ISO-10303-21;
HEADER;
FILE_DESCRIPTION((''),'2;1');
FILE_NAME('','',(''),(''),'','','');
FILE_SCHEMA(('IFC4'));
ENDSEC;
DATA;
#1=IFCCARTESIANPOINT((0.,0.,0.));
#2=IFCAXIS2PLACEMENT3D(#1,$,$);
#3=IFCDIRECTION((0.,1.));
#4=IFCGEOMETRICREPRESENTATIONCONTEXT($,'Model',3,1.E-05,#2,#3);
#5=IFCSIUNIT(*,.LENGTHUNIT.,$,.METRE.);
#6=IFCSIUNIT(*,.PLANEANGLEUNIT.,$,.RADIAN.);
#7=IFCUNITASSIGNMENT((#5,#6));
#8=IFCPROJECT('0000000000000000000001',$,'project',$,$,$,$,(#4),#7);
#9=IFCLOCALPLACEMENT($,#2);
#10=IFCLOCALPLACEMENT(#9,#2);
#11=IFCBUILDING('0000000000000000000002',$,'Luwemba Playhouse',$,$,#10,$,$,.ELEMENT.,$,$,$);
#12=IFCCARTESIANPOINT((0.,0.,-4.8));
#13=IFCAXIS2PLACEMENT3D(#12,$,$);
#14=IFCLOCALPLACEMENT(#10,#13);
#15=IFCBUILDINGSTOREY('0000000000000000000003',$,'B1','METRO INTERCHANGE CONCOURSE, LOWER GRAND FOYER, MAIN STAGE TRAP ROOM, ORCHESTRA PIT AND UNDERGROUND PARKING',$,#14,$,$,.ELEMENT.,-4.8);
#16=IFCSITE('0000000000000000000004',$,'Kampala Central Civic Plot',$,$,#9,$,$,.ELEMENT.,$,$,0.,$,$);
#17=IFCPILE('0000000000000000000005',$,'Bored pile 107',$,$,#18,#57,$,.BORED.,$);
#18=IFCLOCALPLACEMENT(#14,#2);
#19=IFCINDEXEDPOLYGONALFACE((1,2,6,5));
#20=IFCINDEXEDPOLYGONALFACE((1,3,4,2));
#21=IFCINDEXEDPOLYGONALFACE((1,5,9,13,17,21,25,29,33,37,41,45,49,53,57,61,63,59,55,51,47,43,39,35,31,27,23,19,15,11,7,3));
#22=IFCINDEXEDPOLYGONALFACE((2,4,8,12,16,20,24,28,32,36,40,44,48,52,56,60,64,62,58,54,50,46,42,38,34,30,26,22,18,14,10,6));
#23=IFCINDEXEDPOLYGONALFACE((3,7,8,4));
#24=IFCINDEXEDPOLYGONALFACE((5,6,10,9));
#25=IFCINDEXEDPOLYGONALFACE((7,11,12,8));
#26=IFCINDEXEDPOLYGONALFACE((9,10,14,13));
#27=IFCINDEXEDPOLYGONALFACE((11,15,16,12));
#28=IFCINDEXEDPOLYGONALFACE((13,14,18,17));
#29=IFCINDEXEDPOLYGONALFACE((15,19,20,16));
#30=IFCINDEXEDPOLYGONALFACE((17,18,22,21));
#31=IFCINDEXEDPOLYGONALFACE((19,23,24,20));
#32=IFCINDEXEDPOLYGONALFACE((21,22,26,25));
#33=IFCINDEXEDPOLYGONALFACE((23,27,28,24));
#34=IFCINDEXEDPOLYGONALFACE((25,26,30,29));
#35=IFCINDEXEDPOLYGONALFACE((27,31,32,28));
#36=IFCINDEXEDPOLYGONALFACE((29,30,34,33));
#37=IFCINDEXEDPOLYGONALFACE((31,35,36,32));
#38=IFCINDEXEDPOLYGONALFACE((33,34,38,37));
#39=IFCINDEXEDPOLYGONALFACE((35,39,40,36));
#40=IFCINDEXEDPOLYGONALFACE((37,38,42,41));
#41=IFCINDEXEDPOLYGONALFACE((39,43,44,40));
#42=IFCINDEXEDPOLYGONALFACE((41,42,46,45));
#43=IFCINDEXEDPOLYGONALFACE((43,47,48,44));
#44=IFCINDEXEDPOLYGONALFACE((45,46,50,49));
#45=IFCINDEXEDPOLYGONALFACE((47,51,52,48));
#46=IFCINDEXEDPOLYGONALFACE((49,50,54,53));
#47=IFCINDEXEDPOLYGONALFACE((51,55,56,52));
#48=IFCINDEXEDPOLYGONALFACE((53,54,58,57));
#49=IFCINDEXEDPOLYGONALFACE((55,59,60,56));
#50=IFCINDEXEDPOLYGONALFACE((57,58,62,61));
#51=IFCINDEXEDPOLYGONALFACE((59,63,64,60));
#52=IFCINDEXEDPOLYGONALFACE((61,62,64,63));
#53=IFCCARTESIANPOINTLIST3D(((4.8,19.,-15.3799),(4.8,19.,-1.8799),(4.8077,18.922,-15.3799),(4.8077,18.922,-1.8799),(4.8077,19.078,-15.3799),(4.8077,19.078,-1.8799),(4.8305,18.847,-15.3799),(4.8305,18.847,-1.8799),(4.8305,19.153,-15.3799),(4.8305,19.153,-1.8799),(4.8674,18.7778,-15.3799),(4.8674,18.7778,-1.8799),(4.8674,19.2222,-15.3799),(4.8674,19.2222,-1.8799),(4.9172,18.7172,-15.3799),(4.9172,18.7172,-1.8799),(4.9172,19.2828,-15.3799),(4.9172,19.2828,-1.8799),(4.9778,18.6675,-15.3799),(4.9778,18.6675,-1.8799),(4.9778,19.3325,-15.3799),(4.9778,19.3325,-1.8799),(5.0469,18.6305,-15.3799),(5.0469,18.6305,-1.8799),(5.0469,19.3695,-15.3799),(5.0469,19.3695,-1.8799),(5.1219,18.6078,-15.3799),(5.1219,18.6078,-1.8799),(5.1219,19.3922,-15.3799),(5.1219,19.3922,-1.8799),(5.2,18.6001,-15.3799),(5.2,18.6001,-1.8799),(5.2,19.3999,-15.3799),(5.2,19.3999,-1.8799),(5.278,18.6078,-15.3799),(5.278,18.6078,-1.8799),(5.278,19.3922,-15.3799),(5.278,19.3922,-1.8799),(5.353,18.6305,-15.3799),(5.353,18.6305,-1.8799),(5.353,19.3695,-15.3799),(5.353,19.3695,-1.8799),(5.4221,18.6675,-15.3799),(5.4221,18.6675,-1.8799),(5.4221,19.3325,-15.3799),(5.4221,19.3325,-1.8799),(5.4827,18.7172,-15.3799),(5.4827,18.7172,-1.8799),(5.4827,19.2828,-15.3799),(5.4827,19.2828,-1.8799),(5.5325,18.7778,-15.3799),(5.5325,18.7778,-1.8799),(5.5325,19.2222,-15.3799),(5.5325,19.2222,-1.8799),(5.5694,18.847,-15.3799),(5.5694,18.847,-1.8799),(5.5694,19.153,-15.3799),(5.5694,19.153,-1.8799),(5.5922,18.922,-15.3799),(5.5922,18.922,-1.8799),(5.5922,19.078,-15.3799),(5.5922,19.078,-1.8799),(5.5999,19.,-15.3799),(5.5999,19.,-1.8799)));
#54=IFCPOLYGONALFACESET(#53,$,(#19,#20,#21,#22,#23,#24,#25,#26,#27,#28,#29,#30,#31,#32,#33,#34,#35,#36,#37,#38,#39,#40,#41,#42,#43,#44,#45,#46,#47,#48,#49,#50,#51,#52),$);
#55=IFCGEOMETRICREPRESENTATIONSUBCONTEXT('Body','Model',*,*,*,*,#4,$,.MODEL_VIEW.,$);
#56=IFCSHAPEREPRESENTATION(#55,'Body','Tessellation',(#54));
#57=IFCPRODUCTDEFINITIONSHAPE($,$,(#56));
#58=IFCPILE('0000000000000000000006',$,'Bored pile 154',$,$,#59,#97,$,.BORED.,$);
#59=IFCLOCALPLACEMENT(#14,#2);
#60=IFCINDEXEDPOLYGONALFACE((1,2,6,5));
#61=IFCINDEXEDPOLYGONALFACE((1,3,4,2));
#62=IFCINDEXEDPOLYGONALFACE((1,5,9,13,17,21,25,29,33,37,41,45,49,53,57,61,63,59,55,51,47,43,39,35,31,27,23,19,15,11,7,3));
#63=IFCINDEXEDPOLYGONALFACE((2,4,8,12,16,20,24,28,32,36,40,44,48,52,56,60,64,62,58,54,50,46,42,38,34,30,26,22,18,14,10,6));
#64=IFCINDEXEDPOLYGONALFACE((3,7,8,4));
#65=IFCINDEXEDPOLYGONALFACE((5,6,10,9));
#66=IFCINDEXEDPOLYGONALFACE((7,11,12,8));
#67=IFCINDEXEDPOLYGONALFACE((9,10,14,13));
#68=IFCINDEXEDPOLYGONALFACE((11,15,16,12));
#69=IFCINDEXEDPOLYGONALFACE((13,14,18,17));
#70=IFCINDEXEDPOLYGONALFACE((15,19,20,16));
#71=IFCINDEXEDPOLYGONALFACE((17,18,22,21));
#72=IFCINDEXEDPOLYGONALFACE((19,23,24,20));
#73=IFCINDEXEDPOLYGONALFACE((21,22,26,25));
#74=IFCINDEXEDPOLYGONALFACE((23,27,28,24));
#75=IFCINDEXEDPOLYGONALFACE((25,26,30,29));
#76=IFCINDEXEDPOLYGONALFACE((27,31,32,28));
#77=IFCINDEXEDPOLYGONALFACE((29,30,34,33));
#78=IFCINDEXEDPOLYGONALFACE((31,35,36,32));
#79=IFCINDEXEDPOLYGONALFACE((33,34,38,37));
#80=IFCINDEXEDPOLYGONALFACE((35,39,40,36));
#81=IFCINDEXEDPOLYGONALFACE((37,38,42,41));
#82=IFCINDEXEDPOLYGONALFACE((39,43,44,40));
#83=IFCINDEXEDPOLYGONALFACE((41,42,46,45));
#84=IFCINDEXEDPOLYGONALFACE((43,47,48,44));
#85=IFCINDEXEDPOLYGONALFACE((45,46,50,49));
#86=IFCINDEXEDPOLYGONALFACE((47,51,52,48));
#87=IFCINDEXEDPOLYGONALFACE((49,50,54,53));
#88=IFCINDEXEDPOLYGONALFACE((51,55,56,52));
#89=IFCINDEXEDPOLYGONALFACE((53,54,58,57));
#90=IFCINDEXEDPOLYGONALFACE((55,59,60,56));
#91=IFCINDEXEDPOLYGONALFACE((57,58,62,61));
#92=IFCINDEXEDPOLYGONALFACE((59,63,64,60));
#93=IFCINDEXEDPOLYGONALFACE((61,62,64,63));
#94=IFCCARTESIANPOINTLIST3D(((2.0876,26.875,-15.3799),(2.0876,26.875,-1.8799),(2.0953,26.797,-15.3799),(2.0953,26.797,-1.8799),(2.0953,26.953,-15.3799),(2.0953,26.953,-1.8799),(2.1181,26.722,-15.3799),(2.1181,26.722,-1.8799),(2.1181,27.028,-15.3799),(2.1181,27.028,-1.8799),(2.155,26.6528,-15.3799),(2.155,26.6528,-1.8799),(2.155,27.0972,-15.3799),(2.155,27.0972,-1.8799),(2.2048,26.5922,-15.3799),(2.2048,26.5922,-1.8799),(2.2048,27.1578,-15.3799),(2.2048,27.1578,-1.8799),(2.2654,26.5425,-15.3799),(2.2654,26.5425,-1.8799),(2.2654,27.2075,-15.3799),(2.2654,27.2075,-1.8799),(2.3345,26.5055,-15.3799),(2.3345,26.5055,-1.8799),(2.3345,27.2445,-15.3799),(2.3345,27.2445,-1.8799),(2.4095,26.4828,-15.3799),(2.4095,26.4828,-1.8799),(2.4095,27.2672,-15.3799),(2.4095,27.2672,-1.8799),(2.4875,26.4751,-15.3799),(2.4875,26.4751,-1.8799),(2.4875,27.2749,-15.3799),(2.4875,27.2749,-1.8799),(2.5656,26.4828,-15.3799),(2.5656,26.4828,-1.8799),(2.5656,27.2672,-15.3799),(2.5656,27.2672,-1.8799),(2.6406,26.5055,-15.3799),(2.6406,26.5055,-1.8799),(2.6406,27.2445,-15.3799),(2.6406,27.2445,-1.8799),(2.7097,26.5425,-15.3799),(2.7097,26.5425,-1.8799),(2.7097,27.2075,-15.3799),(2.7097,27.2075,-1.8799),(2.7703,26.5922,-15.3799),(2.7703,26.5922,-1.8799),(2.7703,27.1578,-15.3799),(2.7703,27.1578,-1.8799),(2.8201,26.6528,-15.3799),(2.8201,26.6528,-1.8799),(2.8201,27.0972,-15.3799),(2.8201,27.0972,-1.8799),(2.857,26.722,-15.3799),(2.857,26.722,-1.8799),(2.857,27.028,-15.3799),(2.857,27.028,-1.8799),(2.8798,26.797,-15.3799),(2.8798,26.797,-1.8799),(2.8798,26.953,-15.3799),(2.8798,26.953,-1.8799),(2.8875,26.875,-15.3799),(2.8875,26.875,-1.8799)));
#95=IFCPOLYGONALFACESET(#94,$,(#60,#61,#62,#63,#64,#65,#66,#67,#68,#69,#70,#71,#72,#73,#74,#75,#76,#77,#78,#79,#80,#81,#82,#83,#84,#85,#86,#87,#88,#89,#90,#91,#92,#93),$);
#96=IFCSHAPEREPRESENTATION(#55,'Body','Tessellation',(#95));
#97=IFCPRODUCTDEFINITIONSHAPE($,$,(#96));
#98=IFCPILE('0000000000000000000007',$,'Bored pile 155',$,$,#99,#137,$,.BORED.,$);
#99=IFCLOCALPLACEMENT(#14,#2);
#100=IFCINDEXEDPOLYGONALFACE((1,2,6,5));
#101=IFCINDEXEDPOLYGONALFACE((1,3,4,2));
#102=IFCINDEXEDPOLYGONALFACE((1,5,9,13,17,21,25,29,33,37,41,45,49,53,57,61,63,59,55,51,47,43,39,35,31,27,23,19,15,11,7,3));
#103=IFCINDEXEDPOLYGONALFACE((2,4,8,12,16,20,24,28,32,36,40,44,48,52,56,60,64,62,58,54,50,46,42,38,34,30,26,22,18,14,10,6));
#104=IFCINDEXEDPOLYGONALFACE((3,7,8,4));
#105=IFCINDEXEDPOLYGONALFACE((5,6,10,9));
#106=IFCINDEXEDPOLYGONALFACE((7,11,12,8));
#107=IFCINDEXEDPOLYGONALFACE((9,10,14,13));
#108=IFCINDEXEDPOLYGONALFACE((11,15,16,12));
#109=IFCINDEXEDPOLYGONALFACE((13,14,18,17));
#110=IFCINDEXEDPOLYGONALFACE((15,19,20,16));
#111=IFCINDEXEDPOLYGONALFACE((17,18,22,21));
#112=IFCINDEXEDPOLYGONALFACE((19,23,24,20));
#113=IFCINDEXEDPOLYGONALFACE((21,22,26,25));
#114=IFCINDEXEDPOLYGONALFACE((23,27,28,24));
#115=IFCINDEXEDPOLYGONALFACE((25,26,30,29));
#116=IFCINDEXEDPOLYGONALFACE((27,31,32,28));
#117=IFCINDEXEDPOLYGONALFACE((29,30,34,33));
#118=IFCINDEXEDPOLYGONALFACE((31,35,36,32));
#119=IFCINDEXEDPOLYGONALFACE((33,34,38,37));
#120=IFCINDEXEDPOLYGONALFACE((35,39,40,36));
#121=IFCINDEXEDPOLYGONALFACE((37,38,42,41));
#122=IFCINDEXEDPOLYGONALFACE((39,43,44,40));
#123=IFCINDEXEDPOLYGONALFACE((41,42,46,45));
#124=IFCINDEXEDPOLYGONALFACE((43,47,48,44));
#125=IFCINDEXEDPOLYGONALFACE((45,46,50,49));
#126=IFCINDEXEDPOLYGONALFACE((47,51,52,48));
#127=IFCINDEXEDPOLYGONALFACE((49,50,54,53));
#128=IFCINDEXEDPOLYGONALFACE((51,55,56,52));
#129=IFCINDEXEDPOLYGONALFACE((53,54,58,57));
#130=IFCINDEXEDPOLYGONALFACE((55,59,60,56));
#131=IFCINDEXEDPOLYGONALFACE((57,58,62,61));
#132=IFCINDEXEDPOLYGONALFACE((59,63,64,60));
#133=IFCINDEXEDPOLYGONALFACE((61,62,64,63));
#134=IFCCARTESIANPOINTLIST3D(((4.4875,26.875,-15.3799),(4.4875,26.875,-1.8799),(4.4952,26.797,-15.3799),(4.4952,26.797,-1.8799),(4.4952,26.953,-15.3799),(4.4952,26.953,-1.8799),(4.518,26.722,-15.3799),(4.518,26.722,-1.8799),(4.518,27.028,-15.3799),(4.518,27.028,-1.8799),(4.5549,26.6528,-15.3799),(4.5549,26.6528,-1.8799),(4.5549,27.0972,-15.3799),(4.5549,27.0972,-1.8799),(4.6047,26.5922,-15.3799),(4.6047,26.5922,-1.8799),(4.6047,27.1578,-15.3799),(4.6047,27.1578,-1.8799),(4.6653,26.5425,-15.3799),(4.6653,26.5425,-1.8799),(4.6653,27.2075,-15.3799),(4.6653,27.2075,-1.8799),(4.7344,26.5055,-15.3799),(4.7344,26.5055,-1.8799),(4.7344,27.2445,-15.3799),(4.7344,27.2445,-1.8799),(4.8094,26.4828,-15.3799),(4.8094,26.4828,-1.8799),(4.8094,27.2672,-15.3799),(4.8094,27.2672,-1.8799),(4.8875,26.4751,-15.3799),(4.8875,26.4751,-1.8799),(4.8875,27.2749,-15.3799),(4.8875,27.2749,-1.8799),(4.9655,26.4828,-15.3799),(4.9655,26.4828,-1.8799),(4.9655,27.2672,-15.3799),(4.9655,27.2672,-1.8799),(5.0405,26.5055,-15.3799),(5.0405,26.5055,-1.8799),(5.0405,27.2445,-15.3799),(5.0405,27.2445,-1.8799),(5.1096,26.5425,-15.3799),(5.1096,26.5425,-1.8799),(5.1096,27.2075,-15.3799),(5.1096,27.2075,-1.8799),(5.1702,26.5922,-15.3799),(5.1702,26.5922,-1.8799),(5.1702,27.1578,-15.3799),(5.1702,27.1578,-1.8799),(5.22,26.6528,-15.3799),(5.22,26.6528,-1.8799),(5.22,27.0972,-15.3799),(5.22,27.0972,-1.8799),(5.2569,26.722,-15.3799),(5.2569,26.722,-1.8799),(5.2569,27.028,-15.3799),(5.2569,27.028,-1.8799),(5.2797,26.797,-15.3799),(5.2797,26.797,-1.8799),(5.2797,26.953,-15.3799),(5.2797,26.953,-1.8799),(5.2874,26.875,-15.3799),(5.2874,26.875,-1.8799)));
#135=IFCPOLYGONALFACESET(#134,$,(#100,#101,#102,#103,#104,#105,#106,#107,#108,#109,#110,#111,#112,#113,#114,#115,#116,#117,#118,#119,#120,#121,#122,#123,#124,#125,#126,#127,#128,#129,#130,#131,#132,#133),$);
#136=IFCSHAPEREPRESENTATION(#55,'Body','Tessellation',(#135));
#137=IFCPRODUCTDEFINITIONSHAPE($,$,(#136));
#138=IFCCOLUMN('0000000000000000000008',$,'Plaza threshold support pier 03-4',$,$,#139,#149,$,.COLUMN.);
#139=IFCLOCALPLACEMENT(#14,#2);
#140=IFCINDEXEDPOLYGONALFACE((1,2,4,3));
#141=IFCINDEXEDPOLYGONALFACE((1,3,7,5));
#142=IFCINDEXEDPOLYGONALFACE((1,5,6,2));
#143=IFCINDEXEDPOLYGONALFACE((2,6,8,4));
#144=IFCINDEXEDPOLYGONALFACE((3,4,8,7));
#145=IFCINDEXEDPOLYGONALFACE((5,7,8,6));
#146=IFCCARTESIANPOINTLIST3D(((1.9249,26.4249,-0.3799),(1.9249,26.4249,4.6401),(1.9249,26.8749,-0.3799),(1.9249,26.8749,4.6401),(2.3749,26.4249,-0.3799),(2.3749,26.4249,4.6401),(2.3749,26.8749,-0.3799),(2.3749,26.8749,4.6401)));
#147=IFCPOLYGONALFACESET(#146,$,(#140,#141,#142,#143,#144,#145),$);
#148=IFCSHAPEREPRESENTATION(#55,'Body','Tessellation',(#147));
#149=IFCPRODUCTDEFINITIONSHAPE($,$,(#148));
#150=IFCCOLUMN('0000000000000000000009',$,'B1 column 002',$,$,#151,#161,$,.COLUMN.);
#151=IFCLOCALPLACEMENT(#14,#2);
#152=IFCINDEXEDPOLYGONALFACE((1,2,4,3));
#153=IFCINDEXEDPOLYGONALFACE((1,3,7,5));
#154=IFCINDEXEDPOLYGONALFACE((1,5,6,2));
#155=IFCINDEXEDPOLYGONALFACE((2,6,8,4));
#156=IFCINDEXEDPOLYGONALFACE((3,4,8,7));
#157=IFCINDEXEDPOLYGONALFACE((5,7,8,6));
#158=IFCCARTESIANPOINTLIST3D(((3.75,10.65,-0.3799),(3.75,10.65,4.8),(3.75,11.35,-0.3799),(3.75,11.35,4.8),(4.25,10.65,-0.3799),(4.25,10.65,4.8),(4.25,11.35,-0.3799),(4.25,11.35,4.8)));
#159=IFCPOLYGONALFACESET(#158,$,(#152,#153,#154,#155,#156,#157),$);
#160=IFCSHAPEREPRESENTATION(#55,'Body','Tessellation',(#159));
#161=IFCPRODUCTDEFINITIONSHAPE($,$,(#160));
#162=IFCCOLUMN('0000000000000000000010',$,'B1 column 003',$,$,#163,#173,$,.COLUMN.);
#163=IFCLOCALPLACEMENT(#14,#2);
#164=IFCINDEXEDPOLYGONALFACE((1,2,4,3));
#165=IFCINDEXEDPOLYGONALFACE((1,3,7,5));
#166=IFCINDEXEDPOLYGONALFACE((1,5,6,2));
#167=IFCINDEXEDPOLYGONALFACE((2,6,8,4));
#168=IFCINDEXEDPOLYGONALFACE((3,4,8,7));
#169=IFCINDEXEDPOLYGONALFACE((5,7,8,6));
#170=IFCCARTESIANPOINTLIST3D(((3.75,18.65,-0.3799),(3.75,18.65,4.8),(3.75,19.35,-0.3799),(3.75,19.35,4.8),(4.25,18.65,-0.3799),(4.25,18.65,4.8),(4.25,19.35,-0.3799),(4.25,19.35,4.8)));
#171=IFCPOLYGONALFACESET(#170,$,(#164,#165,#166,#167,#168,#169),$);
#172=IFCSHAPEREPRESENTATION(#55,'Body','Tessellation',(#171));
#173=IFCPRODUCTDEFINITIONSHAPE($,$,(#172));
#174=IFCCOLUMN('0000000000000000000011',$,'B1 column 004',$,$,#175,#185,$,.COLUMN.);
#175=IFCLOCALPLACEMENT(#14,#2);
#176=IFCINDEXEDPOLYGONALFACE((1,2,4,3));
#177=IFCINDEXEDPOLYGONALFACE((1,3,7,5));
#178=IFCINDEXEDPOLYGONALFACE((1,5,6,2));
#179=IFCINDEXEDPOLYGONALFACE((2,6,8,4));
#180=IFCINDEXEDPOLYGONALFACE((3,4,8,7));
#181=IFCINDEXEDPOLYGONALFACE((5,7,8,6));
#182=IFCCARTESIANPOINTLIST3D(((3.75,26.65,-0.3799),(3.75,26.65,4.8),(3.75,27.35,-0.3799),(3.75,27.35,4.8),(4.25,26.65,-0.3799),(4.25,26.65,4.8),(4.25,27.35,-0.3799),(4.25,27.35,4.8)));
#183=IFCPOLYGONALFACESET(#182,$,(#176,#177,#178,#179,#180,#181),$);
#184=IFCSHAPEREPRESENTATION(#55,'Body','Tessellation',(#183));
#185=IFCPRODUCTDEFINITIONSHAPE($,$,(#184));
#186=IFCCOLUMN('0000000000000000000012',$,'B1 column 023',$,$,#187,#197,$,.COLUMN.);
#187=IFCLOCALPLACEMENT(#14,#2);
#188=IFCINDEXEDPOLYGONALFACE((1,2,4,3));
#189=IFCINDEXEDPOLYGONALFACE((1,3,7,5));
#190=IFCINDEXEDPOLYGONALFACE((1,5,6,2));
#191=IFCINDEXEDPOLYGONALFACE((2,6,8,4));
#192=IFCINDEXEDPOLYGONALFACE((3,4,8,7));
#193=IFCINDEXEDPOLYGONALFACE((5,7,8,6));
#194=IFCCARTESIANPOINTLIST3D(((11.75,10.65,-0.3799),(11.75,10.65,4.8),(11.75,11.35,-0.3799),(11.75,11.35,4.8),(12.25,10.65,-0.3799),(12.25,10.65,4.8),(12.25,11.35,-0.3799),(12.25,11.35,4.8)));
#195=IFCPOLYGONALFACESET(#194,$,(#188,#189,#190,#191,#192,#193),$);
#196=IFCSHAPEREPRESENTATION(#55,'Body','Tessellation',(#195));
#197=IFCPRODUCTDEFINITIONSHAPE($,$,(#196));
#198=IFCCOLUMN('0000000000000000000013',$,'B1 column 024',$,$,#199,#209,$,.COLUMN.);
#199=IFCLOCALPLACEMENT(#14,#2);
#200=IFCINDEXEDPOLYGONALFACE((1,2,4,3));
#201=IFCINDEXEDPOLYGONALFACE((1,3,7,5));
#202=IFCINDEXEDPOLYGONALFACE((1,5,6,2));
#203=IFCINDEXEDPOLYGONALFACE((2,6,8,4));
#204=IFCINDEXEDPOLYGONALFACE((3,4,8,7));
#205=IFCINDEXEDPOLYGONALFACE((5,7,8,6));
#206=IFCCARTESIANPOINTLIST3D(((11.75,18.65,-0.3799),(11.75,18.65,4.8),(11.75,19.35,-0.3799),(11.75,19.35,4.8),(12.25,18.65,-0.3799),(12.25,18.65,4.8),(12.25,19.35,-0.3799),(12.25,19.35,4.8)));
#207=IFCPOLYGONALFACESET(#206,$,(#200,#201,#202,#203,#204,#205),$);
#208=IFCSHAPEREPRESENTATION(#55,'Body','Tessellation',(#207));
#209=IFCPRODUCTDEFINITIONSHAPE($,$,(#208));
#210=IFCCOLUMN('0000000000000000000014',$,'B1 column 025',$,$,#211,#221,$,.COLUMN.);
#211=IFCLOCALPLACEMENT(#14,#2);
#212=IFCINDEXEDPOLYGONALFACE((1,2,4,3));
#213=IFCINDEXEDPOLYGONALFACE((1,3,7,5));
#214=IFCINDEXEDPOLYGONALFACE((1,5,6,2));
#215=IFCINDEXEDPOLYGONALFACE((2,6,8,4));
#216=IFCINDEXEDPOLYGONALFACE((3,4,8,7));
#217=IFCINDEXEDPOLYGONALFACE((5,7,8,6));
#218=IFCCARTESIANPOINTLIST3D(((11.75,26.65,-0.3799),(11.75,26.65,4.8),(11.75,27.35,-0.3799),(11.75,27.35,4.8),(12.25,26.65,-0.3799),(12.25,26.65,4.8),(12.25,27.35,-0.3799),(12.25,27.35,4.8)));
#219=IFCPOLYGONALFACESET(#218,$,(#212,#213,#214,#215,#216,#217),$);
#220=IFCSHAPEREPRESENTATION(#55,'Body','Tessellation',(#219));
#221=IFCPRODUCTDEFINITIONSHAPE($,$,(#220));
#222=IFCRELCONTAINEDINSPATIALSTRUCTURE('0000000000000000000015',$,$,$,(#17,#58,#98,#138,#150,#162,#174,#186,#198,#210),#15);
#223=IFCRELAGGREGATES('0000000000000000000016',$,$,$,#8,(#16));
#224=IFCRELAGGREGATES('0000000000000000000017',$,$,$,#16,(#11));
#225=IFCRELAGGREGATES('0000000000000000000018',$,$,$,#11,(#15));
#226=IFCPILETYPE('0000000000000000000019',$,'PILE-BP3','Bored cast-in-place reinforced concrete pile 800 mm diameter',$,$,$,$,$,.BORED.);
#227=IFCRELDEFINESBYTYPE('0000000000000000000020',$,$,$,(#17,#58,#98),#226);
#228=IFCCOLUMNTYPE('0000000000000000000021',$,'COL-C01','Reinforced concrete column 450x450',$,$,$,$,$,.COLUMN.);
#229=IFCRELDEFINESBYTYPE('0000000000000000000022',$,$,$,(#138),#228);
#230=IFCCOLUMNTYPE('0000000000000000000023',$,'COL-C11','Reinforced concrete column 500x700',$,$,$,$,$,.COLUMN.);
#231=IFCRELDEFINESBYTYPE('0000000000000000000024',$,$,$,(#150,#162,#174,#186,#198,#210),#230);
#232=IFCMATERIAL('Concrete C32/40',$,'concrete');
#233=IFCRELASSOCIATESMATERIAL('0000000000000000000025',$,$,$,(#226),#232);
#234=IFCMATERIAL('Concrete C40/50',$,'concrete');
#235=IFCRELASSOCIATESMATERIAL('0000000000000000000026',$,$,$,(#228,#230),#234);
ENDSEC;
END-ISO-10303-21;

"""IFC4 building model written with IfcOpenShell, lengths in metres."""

from ifc_helpers import new_model, si_unit, direction, frame, origin, origin_2d, place, context, subcontext, project, spatial, rectangle, circle, extrude, material, material_profile, profile_set, type_object, element, save


model = new_model("IFC4")

# Units and contexts
model_context = context("Model", 3, precision=1e-05, world=origin(), true_north=direction((0.0, 1.0)))
body_context = subcontext(model_context, "Body", "Model", "MODEL_VIEW")
ifc_project = project(units=[si_unit("LENGTHUNIT", "METRE"), si_unit("PLANEANGLEUNIT", "RADIAN")], contexts=[model_context])

# Site, building, storey
site_placement = place(None, origin())
site = spatial("IfcSite", under=ifc_project, at=site_placement, Name="Kampala Central Civic Plot", CompositionType="ELEMENT", RefElevation=0.0)
building_placement = place(site_placement, origin())
building = spatial("IfcBuilding", under=site, at=building_placement, Name="Luwemba Playhouse", CompositionType="ELEMENT")
storey_placement = place(building_placement, frame((0.0, 0.0, -4.8)))
storey = spatial("IfcBuildingStorey", under=building, at=storey_placement, Name="B1", Description="METRO INTERCHANGE CONCOURSE, LOWER GRAND FOYER, MAIN STAGE TRAP ROOM, ORCHESTRA PIT AND UNDERGROUND PARKING", CompositionType="ELEMENT", Elevation=-4.8)

# Shared definitions
ifc_material_1 = material(Name="Concrete C32/40", Category="concrete")

# Piles
ifc_material_profile_1 = material_profile(ifc_material_1, circle(Radius=0.3999, at=origin_2d()))
ifc_profile_set_1 = profile_set([ifc_material_profile_1], Name="Concrete C32/40")
pile_type_1 = type_object("IfcPileType", Name="PILE-BP3", Description="Bored cast-in-place reinforced concrete pile 800 mm diameter", PredefinedType="BORED", material=ifc_profile_set_1)
for number, where, z_axis, x_axis, name in (
    (1, (5.2, 19.0, -1.8799), (0.0, 0.0, -1.0), (1.0, 0.0, 0.0), "Bored pile 107"),
    (2, (2.4875, 26.875, -1.8799), (0.0, 0.0, -1.0), (1.0, 0.0, 0.0), "Bored pile 154"),
    (3, (4.8875, 26.875, -1.8799), (0.0, 0.0, -1.0), (1.0, 0.0, 0.0), "Bored pile 155"),
):
    element("IfcPile", number, at=place(storey_placement, frame(where, z_axis=z_axis, x_axis=x_axis)), inside=storey, type_object=pile_type_1, Name=name, PredefinedType="BORED", context=body_context, shape_type="SweptSolid", body=[
        extrude(circle(Radius=0.3999, at=origin_2d()), origin(), (0.0, 0.0, 1.0), 13.5),
    ])

# Columns
ifc_material_2 = material(Name="Concrete C40/50", Category="concrete")
ifc_material_profile_2 = material_profile(ifc_material_2, rectangle(XDim=0.45, YDim=0.45, at=origin_2d()))
ifc_profile_set_2 = profile_set([ifc_material_profile_2], Name="Concrete C40/50")
column_type_1 = type_object("IfcColumnType", Name="COL-C01", Description="Reinforced concrete column 450x450", PredefinedType="COLUMN", material=ifc_profile_set_2)
column_1_placement = place(storey_placement, frame((2.1499, 26.6499, -0.3799), z_axis=(0.0, 0.0, 1.0), x_axis=(1.0, 0.0, 0.0)))
element("IfcColumn", 4, at=column_1_placement, inside=storey, type_object=column_type_1, Name="Plaza threshold support pier 03-4", PredefinedType="COLUMN", context=body_context, shape_type="SweptSolid", body=[
    extrude(rectangle(XDim=0.45, YDim=0.45, at=origin_2d()), origin(), (0.0, 0.0, 1.0), 5.02),
])
ifc_material_profile_3 = material_profile(ifc_material_2, rectangle(XDim=0.5, YDim=0.7, at=origin_2d()))
ifc_profile_set_3 = profile_set([ifc_material_profile_3], Name="Concrete C40/50")
column_type_2 = type_object("IfcColumnType", Name="COL-C11", Description="Reinforced concrete column 500x700", PredefinedType="COLUMN", material=ifc_profile_set_3)
for number, where, z_axis, x_axis, name in (
    (5, (4.0, 11.0, -0.3799), (0.0, 0.0, 1.0), (1.0, 0.0, 0.0), "B1 column 002"),
    (6, (4.0, 19.0, -0.3799), (0.0, 0.0, 1.0), (1.0, 0.0, 0.0), "B1 column 003"),
    (7, (4.0, 27.0, -0.3799), (0.0, 0.0, 1.0), (1.0, 0.0, 0.0), "B1 column 004"),
    (8, (12.0, 11.0, -0.3799), (0.0, 0.0, 1.0), (1.0, 0.0, 0.0), "B1 column 023"),
    (9, (12.0, 19.0, -0.3799), (0.0, 0.0, 1.0), (1.0, 0.0, 0.0), "B1 column 024"),
    (10, (12.0, 27.0, -0.3799), (0.0, 0.0, 1.0), (1.0, 0.0, 0.0), "B1 column 025"),
):
    element("IfcColumn", number, at=place(storey_placement, frame(where, z_axis=z_axis, x_axis=x_axis)), inside=storey, type_object=column_type_2, Name=name, PredefinedType="COLUMN", context=body_context, shape_type="SweptSolid", body=[
        extrude(rectangle(XDim=0.5, YDim=0.7, at=origin_2d()), origin(), (0.0, 0.0, 1.0), 5.1799),
    ])

save(model, "model.ifc")
